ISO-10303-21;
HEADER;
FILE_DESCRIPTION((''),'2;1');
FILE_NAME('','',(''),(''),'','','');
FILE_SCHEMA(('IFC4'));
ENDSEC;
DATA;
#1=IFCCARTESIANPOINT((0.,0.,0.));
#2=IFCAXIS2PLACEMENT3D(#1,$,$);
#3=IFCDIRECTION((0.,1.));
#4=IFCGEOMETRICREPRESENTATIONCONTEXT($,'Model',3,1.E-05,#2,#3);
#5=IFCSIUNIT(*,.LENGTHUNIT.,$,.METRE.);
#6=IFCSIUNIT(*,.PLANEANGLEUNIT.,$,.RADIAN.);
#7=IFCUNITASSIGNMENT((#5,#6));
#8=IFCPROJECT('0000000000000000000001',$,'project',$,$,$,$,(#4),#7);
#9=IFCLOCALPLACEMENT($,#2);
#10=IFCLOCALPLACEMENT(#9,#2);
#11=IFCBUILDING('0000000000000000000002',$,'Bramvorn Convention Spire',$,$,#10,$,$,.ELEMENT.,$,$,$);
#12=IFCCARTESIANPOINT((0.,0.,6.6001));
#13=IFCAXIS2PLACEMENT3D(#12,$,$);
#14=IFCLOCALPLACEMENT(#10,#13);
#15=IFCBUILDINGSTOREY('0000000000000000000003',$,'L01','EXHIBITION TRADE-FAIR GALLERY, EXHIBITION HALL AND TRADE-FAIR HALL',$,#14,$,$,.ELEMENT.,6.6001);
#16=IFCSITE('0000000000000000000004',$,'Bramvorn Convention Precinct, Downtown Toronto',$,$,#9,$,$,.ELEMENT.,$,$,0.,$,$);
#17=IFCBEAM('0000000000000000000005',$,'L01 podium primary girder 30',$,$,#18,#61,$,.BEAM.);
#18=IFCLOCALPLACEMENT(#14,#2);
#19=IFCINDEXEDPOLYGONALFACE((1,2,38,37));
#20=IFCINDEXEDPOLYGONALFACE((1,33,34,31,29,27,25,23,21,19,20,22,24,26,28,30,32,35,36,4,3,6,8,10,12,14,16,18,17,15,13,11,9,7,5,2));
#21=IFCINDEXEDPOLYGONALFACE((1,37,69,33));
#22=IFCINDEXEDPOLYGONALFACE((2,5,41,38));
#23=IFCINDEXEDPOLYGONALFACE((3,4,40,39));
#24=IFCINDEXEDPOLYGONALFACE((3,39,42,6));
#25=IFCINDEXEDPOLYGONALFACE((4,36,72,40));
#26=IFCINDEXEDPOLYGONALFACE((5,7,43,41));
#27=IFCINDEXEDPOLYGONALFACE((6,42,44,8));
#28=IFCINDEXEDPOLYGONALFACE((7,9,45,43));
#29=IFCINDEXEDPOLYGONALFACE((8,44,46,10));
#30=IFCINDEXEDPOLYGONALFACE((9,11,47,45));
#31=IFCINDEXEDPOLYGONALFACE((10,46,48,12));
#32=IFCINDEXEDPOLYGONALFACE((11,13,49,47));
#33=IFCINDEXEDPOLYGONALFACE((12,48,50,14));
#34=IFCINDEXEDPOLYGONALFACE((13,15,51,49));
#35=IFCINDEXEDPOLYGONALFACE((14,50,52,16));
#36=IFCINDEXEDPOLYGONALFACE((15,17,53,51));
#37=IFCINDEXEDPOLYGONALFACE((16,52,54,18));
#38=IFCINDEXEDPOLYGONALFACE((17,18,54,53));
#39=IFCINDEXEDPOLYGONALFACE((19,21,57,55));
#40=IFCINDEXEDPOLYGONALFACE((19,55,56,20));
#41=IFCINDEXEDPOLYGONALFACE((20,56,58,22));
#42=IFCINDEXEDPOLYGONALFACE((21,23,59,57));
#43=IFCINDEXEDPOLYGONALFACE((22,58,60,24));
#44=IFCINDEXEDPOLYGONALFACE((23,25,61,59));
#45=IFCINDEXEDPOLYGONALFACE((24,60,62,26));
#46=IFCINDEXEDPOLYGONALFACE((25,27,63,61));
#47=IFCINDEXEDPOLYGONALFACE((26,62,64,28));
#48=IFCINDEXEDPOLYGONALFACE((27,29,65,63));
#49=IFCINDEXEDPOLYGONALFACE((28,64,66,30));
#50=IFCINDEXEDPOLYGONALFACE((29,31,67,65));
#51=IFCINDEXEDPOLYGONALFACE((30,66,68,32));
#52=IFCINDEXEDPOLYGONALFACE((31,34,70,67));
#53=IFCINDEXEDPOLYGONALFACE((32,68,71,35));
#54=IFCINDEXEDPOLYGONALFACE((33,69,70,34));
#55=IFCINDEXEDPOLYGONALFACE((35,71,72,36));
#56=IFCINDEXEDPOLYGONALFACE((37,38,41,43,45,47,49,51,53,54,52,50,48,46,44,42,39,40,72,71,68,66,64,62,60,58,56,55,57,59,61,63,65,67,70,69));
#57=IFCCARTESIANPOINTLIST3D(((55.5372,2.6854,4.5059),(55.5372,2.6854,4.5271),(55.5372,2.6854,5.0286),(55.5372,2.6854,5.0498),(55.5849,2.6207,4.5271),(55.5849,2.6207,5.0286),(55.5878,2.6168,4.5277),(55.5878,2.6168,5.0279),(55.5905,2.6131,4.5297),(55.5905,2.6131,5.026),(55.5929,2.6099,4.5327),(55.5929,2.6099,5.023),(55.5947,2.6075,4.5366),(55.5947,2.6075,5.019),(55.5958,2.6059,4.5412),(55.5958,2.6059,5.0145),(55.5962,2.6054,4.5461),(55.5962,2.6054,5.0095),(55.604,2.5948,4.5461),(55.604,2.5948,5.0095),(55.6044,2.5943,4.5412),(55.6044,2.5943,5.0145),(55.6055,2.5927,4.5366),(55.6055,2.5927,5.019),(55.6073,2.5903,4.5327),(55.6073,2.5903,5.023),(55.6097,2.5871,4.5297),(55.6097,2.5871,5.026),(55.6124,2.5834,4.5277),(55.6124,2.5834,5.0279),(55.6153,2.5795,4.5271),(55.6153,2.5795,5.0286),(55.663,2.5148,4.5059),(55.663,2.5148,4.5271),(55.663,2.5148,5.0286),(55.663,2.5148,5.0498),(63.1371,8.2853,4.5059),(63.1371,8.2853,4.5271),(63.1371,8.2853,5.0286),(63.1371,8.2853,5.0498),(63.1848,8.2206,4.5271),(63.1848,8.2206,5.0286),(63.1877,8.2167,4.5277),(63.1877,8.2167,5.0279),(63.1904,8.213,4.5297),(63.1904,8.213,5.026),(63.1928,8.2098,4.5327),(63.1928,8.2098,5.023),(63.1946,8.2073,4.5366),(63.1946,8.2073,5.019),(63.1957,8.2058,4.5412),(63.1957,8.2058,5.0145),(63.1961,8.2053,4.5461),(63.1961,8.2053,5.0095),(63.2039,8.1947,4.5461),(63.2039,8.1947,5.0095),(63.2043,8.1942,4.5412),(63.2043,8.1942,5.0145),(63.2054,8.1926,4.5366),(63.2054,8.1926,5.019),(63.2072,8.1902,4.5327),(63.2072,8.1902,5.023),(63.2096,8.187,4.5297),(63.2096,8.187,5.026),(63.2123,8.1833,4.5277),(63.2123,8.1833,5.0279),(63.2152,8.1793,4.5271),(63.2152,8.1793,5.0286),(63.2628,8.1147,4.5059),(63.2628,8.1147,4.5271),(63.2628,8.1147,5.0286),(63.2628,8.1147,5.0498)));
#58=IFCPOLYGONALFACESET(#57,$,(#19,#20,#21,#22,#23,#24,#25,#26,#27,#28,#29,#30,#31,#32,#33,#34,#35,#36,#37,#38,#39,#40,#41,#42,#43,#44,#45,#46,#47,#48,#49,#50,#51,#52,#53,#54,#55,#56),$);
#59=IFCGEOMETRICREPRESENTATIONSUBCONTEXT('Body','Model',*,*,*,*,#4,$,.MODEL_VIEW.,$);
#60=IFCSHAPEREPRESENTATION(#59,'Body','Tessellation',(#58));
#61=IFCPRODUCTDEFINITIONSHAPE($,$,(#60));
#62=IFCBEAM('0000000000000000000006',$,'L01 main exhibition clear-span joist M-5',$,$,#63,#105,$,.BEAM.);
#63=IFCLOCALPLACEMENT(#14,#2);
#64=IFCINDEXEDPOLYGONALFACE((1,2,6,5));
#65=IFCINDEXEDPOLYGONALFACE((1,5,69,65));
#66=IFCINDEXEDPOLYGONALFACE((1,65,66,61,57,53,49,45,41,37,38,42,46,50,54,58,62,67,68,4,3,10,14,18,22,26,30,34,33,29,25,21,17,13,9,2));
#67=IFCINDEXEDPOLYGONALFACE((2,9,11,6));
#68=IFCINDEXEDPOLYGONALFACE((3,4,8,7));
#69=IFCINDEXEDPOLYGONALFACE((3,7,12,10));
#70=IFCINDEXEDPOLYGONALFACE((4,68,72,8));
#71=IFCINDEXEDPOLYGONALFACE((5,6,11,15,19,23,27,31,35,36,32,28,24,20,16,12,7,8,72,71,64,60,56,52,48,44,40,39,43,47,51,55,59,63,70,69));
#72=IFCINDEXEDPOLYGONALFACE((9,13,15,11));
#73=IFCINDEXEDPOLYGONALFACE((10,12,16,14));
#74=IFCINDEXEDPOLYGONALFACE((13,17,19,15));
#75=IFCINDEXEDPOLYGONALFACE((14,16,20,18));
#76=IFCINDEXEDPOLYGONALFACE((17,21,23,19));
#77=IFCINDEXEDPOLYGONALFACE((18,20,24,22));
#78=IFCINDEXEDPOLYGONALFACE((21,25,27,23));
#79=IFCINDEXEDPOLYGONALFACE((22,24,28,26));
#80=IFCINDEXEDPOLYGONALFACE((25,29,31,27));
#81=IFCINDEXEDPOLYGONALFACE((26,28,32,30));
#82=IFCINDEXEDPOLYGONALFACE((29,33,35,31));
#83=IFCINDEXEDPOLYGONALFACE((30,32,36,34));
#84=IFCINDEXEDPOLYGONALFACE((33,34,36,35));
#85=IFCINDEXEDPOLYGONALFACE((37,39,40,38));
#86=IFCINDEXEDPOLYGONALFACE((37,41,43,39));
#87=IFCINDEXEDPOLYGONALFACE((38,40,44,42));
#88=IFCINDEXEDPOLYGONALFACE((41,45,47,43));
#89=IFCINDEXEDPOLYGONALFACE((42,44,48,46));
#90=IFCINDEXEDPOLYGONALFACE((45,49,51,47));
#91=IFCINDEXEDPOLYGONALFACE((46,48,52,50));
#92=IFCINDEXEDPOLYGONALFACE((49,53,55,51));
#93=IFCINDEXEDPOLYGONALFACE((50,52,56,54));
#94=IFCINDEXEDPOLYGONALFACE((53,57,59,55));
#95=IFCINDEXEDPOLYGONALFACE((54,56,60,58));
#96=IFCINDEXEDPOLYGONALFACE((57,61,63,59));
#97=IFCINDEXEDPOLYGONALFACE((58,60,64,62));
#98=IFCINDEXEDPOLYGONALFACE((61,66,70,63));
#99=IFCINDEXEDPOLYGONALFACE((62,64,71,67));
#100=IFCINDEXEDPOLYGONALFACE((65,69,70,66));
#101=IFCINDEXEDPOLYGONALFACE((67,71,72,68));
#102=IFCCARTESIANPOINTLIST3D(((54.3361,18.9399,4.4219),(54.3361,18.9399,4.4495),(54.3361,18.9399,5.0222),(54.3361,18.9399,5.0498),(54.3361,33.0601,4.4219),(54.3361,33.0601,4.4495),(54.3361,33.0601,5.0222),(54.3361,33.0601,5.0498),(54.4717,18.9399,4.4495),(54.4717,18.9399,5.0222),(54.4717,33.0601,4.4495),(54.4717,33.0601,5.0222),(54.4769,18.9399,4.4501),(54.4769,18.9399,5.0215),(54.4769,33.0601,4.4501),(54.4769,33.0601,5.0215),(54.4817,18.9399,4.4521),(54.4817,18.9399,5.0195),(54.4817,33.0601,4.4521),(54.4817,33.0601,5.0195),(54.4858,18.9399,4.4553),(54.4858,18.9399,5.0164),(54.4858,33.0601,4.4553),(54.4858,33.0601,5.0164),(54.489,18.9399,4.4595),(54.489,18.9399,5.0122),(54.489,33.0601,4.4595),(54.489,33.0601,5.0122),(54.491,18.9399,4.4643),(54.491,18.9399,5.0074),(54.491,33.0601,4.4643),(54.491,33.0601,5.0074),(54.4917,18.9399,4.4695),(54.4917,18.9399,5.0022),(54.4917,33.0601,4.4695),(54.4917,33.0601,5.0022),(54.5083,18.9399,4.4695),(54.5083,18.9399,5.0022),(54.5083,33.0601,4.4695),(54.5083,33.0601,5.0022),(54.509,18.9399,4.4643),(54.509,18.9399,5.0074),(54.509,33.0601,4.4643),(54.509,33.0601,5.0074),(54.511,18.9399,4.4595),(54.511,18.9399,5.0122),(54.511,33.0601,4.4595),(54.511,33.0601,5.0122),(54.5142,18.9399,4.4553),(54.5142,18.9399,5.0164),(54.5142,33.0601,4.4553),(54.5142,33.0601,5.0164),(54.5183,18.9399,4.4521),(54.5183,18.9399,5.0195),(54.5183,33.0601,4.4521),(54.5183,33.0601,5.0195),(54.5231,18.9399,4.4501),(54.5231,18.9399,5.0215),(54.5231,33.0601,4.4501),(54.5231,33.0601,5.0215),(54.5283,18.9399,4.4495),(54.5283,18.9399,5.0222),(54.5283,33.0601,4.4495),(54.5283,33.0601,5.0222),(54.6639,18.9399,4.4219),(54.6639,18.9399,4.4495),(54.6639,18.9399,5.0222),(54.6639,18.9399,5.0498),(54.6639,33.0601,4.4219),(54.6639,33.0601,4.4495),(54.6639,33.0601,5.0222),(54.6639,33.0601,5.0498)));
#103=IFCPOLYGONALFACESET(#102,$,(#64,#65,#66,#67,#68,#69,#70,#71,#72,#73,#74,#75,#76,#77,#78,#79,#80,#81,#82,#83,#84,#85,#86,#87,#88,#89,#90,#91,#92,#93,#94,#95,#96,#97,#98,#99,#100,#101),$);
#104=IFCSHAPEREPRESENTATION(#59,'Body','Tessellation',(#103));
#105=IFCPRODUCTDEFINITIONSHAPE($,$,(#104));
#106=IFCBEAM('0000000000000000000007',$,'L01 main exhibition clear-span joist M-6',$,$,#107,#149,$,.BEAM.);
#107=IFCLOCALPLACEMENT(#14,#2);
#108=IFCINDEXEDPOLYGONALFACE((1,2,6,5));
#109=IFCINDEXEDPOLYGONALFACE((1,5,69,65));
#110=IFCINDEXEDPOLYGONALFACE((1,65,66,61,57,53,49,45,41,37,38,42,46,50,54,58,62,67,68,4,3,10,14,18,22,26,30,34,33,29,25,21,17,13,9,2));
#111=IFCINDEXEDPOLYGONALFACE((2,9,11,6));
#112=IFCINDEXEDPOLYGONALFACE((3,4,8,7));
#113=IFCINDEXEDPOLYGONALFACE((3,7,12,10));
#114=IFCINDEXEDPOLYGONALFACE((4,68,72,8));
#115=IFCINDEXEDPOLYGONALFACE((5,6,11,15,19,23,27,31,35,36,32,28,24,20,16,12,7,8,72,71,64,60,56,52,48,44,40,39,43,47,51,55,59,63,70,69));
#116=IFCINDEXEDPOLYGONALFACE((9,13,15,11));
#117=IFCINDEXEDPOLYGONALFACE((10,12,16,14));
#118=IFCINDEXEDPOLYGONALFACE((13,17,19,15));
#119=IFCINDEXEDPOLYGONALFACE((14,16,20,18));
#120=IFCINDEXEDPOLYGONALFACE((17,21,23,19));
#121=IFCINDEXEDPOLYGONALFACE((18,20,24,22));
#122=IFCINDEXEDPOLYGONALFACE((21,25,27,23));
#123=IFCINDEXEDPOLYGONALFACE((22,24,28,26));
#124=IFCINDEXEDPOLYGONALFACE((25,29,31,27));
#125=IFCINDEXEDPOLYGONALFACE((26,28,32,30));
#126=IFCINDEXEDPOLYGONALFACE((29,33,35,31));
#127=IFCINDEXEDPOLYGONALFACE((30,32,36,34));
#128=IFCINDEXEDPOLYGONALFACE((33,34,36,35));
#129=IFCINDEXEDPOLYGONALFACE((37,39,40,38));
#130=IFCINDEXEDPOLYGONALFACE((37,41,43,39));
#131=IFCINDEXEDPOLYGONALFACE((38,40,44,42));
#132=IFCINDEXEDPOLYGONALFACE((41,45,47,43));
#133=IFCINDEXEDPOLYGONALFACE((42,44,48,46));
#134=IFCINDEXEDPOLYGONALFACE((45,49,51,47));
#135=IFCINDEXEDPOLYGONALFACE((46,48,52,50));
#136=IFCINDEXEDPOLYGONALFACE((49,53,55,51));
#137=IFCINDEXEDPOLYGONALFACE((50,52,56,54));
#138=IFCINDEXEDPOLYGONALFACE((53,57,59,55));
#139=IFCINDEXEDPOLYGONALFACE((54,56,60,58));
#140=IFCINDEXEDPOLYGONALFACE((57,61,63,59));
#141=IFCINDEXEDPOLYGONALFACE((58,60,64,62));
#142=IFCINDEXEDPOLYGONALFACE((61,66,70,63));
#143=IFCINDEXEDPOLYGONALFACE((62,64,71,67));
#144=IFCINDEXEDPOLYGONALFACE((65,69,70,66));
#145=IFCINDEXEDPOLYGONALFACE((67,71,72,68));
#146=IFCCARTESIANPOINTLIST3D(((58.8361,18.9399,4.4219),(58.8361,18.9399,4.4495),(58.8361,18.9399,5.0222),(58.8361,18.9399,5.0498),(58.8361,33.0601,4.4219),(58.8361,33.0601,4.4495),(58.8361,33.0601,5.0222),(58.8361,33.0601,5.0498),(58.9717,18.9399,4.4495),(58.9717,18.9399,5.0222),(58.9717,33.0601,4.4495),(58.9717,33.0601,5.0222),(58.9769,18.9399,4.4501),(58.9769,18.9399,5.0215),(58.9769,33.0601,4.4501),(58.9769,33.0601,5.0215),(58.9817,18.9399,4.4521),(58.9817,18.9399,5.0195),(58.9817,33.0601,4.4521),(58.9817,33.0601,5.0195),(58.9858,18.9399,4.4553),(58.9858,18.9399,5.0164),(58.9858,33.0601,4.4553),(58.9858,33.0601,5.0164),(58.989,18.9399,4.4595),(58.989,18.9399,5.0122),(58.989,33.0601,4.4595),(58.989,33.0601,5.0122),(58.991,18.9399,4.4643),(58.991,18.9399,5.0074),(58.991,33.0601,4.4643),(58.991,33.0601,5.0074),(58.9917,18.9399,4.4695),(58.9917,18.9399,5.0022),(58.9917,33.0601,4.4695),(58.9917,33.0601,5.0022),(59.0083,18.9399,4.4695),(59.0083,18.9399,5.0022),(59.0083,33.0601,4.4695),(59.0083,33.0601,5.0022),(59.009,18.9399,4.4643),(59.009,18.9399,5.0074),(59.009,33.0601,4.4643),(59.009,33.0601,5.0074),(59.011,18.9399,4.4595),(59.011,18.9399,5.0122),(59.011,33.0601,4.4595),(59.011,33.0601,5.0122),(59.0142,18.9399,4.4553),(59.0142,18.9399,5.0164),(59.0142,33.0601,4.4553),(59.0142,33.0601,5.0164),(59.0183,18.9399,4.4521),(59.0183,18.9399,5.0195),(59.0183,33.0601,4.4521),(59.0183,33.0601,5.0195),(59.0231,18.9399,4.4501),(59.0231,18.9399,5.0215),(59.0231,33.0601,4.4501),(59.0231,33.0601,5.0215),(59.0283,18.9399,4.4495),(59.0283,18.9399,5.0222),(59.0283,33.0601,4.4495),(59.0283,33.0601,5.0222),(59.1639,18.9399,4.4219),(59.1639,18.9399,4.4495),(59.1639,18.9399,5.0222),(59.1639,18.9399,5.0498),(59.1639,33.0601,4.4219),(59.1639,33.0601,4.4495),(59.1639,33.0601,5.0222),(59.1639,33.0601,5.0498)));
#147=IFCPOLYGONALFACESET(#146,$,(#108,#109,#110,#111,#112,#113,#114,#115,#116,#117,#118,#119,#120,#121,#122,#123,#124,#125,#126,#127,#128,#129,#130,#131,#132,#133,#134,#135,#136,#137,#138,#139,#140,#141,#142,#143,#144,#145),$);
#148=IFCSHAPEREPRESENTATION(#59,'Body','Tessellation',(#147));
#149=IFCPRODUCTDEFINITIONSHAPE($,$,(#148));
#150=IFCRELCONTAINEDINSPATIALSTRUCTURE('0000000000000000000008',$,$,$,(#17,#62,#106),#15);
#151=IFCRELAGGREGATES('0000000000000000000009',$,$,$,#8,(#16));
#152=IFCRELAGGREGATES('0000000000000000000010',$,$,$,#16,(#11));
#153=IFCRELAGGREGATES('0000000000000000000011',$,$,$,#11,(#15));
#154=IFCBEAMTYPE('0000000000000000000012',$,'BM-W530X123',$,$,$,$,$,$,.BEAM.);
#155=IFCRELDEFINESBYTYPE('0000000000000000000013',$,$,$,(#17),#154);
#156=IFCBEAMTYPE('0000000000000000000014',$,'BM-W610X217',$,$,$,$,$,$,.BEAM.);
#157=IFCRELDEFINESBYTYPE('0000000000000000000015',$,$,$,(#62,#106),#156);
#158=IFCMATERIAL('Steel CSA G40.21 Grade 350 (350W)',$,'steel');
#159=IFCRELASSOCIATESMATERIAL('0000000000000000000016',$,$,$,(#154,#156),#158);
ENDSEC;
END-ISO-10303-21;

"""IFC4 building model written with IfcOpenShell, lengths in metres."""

from ifc_helpers import new_model, si_unit, direction, frame, origin, origin_2d, place, context, subcontext, project, spatial, i_section, extrude, material, material_profile, profile_set, type_object, element, save


model = new_model("IFC4")

# Units and contexts
model_context = context("Model", 3, precision=1e-05, world=origin(), true_north=direction((0.0, 1.0)))
body_context = subcontext(model_context, "Body", "Model", "MODEL_VIEW")
ifc_project = project(units=[si_unit("LENGTHUNIT", "METRE"), si_unit("PLANEANGLEUNIT", "RADIAN")], contexts=[model_context])

# Site, building, storey
site_placement = place(None, origin())
site = spatial("IfcSite", under=ifc_project, at=site_placement, Name="Bramvorn Convention Precinct, Downtown Toronto", CompositionType="ELEMENT", RefElevation=0.0)
building_placement = place(site_placement, origin())
building = spatial("IfcBuilding", under=site, at=building_placement, Name="Bramvorn Convention Spire", CompositionType="ELEMENT")
storey_placement = place(building_placement, frame((0.0, 0.0, 6.6001)))
storey = spatial("IfcBuildingStorey", under=building, at=storey_placement, Name="L01", Description="EXHIBITION TRADE-FAIR GALLERY, EXHIBITION HALL AND TRADE-FAIR HALL", CompositionType="ELEMENT", Elevation=6.6001)

# Beams
ifc_material_1 = material(Name="Steel CSA G40.21 Grade 350 (350W)", Category="steel")
ifc_material_profile_1 = material_profile(ifc_material_1, i_section(OverallWidth=0.2119, OverallDepth=0.5439, WebThickness=0.0132, FlangeThickness=0.0212, FilletRadius=0.019, at=origin_2d()))
ifc_profile_set_1 = profile_set([ifc_material_profile_1], Name="Steel CSA G40.21 Grade 350 (350W) - W530X123")
beam_type_1 = type_object("IfcBeamType", Name="BM-W530X123", PredefinedType="BEAM", material=ifc_profile_set_1)
beam_1_placement = place(storey_placement, frame((55.6001, 2.6001, 4.7778), z_axis=(0.805058, 0.593196, 0.0), x_axis=(-0.593196, 0.805058, 0.0)))
element("IfcBeam", 1, at=beam_1_placement, inside=storey, type_object=beam_type_1, Name="L01 podium primary girder 30", PredefinedType="BEAM", context=body_context, shape_type="SweptSolid", body=[
    extrude(i_section(OverallWidth=0.2119, OverallDepth=0.5439, WebThickness=0.0132, FlangeThickness=0.0212, FilletRadius=0.019, at=origin_2d()), origin(), (0.0, 0.0, 1.0), 9.4402),
])
ifc_material_profile_2 = material_profile(ifc_material_1, i_section(OverallWidth=0.3279, OverallDepth=0.6279, WebThickness=0.0166, FlangeThickness=0.0276, FilletRadius=0.02, at=origin_2d()))
ifc_profile_set_2 = profile_set([ifc_material_profile_2], Name="Steel CSA G40.21 Grade 350 (350W) - W610X217")
beam_type_2 = type_object("IfcBeamType", Name="BM-W610X217", PredefinedType="BEAM", material=ifc_profile_set_2)
for number, where, z_axis, x_axis, name in (
    (2, (54.5, 18.9399, 4.7358), (0.0, 1.0, 0.0), (-1.0, 0.0, 0.0), "L01 main exhibition clear-span joist M-5"),
    (3, (59.0, 18.9399, 4.7358), (0.0, 1.0, 0.0), (-1.0, 0.0, 0.0), "L01 main exhibition clear-span joist M-6"),
):
    element("IfcBeam", number, at=place(storey_placement, frame(where, z_axis=z_axis, x_axis=x_axis)), inside=storey, type_object=beam_type_2, Name=name, PredefinedType="BEAM", context=body_context, shape_type="SweptSolid", body=[
        extrude(i_section(OverallWidth=0.3279, OverallDepth=0.6279, WebThickness=0.0166, FlangeThickness=0.0276, FilletRadius=0.02, at=origin_2d()), origin(), (0.0, 0.0, 1.0), 14.1201),
    ])

save(model, "model.ifc")
